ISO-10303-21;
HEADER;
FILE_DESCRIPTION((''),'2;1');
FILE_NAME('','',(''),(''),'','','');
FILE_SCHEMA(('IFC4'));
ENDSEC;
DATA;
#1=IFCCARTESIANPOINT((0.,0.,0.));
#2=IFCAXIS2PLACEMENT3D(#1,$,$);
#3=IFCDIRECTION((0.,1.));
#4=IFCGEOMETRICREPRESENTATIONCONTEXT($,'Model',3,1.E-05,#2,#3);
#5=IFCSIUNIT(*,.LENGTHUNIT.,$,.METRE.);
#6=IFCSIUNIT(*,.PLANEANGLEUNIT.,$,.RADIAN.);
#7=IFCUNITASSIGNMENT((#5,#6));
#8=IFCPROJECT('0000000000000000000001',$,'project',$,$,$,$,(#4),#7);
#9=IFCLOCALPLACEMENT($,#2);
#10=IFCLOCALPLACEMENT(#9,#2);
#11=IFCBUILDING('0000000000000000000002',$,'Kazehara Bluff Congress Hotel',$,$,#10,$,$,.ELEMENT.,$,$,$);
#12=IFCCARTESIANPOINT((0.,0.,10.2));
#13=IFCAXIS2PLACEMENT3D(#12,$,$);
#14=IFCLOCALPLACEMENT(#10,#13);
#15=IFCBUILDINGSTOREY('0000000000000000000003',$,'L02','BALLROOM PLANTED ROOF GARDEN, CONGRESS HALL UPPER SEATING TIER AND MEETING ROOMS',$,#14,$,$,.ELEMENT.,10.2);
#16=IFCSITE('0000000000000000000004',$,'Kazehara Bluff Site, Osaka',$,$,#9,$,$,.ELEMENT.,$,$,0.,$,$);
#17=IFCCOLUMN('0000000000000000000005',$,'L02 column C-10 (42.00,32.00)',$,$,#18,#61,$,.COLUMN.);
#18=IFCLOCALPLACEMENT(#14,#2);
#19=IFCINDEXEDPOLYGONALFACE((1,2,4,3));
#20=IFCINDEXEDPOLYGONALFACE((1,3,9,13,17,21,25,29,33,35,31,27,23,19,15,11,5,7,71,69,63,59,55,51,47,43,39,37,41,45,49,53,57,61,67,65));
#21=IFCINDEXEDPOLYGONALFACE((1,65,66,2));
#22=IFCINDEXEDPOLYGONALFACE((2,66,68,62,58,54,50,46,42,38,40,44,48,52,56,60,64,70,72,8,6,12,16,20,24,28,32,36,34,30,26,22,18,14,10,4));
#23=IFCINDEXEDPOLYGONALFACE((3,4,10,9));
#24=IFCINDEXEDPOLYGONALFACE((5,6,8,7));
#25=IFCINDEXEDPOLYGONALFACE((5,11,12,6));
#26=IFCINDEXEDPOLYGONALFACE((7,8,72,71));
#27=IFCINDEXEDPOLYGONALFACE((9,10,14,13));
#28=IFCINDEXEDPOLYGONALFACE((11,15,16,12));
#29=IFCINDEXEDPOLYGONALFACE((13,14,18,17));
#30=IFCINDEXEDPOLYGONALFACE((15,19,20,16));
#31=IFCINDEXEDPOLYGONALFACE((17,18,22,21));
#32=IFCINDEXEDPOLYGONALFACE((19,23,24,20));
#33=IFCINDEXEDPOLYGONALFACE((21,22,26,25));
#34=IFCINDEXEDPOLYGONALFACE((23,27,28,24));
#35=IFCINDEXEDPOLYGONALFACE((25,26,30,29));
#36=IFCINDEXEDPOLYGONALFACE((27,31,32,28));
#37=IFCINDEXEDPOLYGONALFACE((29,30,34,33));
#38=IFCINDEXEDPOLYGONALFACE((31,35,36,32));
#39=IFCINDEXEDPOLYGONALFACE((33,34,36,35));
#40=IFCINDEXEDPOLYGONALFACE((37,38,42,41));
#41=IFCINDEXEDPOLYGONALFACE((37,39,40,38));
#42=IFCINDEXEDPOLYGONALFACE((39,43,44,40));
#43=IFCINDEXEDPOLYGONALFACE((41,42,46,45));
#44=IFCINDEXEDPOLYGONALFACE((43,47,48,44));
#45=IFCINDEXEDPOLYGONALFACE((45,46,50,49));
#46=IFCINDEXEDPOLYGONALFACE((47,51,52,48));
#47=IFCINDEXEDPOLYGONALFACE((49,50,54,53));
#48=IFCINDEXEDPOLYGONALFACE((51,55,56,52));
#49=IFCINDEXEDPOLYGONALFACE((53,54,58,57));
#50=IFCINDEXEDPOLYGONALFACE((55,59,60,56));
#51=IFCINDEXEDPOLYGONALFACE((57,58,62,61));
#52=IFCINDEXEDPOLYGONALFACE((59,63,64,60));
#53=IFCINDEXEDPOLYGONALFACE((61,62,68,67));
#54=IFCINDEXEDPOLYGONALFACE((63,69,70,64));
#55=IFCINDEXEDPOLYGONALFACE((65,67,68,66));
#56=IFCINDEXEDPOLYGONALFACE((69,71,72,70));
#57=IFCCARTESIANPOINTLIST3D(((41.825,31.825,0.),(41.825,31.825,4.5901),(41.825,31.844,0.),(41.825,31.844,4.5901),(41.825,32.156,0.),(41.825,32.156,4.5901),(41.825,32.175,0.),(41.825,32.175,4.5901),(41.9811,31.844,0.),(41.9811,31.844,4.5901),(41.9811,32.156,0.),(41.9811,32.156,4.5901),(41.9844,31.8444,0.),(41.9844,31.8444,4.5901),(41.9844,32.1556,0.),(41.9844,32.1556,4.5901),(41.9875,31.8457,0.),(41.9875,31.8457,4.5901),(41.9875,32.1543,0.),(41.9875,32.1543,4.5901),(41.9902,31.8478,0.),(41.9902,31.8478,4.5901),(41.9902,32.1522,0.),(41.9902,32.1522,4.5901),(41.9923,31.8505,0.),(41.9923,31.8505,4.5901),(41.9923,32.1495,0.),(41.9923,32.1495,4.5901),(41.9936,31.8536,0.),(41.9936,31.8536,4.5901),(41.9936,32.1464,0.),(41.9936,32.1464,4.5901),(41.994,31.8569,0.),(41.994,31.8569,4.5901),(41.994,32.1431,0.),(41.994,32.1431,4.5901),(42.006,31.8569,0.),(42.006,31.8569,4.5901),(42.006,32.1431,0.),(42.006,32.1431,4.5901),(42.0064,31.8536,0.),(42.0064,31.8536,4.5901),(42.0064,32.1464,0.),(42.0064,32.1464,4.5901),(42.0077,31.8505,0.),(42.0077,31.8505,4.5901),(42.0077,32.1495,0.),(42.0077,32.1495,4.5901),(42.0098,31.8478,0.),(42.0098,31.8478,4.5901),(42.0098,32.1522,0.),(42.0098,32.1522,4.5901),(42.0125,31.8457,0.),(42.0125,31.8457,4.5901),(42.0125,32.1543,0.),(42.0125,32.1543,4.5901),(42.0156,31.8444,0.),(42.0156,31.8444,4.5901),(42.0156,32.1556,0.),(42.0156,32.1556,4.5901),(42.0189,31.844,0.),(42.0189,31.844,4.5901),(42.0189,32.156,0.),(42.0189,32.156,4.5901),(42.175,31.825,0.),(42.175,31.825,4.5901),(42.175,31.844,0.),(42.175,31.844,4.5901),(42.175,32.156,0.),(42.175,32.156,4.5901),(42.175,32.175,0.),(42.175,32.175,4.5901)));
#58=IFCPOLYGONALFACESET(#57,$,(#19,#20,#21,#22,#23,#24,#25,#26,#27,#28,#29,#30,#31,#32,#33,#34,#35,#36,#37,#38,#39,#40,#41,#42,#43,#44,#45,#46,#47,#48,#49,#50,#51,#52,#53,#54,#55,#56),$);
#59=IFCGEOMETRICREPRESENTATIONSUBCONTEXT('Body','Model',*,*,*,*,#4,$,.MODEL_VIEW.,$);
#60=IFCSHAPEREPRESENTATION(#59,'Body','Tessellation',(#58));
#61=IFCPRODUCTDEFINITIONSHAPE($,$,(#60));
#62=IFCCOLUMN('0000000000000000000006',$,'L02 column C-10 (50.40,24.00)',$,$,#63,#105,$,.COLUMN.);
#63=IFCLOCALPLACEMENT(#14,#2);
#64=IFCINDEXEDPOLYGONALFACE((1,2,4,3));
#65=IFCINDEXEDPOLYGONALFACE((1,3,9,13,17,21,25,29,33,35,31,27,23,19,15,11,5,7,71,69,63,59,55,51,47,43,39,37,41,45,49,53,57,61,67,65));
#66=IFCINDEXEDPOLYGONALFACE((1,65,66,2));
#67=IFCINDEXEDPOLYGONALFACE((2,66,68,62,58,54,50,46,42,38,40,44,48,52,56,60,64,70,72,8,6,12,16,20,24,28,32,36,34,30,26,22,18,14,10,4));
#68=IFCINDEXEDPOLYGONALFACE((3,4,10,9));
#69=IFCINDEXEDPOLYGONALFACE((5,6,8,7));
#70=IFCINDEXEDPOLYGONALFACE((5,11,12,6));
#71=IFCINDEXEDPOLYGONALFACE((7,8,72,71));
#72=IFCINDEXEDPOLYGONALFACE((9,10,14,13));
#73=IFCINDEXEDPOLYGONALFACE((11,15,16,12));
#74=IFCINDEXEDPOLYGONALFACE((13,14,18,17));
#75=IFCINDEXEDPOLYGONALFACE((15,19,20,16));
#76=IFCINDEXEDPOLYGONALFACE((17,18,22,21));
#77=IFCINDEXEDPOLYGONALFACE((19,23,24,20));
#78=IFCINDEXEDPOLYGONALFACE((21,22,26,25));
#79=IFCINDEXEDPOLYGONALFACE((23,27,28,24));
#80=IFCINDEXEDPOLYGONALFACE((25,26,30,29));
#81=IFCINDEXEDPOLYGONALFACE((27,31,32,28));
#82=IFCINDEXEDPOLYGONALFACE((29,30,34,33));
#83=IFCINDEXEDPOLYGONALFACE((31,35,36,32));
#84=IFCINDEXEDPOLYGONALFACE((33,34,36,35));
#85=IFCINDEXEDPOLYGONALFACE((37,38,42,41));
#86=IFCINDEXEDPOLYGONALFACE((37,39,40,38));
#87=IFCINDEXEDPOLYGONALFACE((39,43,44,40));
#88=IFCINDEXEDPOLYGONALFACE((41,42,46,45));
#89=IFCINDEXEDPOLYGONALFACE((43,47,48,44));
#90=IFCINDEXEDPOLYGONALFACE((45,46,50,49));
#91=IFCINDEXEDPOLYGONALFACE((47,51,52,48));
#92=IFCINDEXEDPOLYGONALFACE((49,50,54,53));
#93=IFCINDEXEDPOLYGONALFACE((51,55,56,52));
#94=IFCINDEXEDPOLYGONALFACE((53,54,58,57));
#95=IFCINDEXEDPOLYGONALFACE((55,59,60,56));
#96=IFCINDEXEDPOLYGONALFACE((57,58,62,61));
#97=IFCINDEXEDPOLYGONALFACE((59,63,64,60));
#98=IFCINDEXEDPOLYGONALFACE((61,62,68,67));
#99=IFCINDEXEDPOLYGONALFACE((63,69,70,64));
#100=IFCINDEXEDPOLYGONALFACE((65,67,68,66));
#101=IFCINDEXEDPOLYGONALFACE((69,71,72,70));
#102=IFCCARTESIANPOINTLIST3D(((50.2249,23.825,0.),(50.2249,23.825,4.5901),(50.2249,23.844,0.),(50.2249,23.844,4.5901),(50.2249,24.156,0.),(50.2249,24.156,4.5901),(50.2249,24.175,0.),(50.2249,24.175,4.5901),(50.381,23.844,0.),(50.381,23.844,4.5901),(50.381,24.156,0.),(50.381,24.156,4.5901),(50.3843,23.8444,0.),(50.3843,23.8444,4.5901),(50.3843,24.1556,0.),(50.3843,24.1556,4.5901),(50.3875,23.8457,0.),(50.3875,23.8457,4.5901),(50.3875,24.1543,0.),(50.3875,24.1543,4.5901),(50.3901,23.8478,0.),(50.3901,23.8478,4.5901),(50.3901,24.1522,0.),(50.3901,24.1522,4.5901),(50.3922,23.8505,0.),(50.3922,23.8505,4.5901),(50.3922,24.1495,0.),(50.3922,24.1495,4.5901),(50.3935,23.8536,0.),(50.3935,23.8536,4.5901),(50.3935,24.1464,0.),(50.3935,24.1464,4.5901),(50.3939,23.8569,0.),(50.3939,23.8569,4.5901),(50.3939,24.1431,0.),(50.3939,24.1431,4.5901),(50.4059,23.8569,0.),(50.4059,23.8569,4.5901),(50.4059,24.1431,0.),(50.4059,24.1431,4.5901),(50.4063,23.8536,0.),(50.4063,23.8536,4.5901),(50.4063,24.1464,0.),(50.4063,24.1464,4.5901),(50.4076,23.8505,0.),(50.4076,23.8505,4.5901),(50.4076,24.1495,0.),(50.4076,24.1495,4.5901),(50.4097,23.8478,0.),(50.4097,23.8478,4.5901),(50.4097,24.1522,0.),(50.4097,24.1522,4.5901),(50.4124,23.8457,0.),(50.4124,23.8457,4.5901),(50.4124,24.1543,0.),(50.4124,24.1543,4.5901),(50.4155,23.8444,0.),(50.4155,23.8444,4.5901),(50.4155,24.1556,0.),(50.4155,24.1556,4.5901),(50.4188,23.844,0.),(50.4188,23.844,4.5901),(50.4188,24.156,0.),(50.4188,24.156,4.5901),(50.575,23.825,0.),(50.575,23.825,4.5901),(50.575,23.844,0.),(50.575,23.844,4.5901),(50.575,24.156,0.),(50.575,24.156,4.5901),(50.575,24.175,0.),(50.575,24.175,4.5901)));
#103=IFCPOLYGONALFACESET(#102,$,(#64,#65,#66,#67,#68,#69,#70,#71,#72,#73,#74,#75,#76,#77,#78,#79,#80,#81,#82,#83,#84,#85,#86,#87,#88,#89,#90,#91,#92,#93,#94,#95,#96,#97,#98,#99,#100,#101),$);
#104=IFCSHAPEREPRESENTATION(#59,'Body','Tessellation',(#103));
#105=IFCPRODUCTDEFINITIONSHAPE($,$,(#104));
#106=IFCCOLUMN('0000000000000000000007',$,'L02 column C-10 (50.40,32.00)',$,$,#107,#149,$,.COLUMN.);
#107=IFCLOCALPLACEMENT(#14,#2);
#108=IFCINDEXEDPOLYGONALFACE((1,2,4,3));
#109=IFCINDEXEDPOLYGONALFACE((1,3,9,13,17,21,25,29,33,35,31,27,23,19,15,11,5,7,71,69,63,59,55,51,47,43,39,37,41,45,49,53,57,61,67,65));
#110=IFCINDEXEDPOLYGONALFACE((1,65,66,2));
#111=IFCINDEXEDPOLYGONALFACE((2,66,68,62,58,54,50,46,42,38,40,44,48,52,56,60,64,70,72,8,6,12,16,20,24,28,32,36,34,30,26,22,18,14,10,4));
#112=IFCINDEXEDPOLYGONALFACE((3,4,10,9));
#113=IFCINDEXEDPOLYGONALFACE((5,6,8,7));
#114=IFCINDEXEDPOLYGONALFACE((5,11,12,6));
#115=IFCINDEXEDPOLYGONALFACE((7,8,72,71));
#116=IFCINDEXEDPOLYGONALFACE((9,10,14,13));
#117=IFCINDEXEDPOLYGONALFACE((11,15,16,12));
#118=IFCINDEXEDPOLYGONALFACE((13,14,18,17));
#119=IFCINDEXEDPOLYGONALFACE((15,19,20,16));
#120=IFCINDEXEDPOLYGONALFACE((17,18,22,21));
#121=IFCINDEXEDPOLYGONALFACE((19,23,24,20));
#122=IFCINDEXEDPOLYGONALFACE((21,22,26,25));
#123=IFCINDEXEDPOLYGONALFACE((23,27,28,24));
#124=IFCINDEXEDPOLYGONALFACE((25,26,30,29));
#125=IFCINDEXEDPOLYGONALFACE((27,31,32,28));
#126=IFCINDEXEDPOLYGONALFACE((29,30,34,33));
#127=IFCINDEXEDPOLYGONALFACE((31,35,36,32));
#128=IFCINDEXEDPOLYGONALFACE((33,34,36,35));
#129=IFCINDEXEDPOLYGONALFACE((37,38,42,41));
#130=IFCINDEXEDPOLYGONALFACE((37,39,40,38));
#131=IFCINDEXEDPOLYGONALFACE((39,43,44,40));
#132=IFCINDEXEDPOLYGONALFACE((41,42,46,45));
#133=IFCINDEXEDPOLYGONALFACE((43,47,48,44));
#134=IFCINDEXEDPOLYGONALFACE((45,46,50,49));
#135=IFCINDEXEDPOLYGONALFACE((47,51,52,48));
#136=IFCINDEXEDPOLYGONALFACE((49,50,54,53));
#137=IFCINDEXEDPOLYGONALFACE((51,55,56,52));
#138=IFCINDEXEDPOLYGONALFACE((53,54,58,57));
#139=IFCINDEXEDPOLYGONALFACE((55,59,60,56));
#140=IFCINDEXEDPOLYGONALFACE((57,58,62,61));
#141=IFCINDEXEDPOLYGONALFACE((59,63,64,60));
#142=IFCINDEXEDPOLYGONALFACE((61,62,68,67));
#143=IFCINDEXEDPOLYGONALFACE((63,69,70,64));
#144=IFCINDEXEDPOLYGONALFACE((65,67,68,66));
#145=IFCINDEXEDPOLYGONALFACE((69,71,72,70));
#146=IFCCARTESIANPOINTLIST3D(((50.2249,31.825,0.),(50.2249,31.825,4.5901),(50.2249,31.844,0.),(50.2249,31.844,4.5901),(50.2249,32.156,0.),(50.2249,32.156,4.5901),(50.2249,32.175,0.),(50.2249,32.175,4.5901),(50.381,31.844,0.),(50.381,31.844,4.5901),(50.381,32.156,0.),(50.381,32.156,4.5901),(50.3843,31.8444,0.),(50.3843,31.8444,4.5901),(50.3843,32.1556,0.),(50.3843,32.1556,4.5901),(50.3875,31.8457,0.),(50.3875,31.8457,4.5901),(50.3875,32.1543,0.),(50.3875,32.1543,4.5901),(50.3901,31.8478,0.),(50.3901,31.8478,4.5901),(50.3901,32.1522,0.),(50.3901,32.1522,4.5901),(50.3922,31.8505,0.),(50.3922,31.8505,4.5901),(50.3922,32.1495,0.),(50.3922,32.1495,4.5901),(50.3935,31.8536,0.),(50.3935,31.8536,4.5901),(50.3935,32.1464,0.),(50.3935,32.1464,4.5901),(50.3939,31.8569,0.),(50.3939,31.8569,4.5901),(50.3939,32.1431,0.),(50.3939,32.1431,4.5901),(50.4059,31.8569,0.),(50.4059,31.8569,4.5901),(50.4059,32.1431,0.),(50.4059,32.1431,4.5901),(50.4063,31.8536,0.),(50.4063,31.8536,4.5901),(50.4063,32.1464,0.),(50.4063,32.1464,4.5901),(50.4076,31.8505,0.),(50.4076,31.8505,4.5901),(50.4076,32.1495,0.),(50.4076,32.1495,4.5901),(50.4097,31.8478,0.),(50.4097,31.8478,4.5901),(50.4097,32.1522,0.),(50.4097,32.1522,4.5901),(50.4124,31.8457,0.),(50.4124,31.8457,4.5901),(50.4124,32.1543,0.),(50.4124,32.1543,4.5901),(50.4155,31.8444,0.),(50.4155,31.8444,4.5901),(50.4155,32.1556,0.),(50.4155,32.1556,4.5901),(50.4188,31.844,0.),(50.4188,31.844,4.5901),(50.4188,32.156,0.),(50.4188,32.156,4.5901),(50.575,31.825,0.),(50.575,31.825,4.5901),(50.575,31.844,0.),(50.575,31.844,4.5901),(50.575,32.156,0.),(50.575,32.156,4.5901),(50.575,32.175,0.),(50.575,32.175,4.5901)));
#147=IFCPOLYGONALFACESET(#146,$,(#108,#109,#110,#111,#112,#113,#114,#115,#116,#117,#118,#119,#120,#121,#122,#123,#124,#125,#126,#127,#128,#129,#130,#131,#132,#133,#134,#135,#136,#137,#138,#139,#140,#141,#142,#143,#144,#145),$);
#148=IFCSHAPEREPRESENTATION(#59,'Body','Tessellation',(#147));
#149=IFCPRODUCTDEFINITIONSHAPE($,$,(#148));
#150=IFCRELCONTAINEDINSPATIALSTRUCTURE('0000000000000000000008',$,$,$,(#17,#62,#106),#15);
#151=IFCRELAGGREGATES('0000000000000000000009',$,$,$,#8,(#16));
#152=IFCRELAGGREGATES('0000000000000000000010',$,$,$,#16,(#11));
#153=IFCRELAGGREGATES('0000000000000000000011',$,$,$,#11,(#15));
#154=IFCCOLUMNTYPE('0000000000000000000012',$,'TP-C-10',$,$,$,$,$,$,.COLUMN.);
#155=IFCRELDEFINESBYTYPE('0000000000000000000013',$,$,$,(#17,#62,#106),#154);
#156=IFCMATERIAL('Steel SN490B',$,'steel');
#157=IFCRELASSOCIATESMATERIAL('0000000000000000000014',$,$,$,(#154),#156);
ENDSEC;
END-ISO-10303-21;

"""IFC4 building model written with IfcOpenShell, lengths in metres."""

from ifc_helpers import new_model, si_unit, direction, frame, origin, origin_2d, place, context, subcontext, project, spatial, i_section, extrude, material, material_profile, profile_set, type_object, element, save


model = new_model("IFC4")

# Units and contexts
model_context = context("Model", 3, precision=1e-05, world=origin(), true_north=direction((0.0, 1.0)))
body_context = subcontext(model_context, "Body", "Model", "MODEL_VIEW")
ifc_project = project(units=[si_unit("LENGTHUNIT", "METRE"), si_unit("PLANEANGLEUNIT", "RADIAN")], contexts=[model_context])

# Site, building, storey
site_placement = place(None, origin())
site = spatial("IfcSite", under=ifc_project, at=site_placement, Name="Kazehara Bluff Site, Osaka", CompositionType="ELEMENT", RefElevation=0.0)
building_placement = place(site_placement, origin())
building = spatial("IfcBuilding", under=site, at=building_placement, Name="Kazehara Bluff Congress Hotel", CompositionType="ELEMENT")
storey_placement = place(building_placement, frame((0.0, 0.0, 10.2)))
storey = spatial("IfcBuildingStorey", under=building, at=storey_placement, Name="L02", Description="BALLROOM PLANTED ROOF GARDEN, CONGRESS HALL UPPER SEATING TIER AND MEETING ROOMS", CompositionType="ELEMENT", Elevation=10.2)

# Columns
ifc_material_1 = material(Name="Steel SN490B", Category="steel")
ifc_material_profile_1 = material_profile(ifc_material_1, i_section(OverallWidth=0.3501, OverallDepth=0.3501, WebThickness=0.012, FlangeThickness=0.019, FilletRadius=0.0129, at=origin_2d()))
ifc_profile_set_1 = profile_set([ifc_material_profile_1], Name="Steel SN490B")
column_type = type_object("IfcColumnType", Name="TP-C-10", PredefinedType="COLUMN", material=ifc_profile_set_1)
for number, where, z_axis, x_axis, name in (
    (1, (42.0, 32.0, 0.0), (0.0, 0.0, 1.0), (1.0, 0.0, 0.0), "L02 column C-10 (42.00,32.00)"),
    (2, (50.3999, 24.0, 0.0), (0.0, 0.0, 1.0), (1.0, 0.0, 0.0), "L02 column C-10 (50.40,24.00)"),
    (3, (50.3999, 32.0, 0.0), (0.0, 0.0, 1.0), (1.0, 0.0, 0.0), "L02 column C-10 (50.40,32.00)"),
):
    element("IfcColumn", number, at=place(storey_placement, frame(where, z_axis=z_axis, x_axis=x_axis)), inside=storey, type_object=column_type, Name=name, PredefinedType="COLUMN", context=body_context, shape_type="SweptSolid", body=[
        extrude(i_section(OverallWidth=0.3501, OverallDepth=0.3501, WebThickness=0.012, FlangeThickness=0.019, FilletRadius=0.0129, at=origin_2d()), origin(), (0.0, 0.0, 1.0), 4.5901),
    ])

save(model, "model.ifc")
